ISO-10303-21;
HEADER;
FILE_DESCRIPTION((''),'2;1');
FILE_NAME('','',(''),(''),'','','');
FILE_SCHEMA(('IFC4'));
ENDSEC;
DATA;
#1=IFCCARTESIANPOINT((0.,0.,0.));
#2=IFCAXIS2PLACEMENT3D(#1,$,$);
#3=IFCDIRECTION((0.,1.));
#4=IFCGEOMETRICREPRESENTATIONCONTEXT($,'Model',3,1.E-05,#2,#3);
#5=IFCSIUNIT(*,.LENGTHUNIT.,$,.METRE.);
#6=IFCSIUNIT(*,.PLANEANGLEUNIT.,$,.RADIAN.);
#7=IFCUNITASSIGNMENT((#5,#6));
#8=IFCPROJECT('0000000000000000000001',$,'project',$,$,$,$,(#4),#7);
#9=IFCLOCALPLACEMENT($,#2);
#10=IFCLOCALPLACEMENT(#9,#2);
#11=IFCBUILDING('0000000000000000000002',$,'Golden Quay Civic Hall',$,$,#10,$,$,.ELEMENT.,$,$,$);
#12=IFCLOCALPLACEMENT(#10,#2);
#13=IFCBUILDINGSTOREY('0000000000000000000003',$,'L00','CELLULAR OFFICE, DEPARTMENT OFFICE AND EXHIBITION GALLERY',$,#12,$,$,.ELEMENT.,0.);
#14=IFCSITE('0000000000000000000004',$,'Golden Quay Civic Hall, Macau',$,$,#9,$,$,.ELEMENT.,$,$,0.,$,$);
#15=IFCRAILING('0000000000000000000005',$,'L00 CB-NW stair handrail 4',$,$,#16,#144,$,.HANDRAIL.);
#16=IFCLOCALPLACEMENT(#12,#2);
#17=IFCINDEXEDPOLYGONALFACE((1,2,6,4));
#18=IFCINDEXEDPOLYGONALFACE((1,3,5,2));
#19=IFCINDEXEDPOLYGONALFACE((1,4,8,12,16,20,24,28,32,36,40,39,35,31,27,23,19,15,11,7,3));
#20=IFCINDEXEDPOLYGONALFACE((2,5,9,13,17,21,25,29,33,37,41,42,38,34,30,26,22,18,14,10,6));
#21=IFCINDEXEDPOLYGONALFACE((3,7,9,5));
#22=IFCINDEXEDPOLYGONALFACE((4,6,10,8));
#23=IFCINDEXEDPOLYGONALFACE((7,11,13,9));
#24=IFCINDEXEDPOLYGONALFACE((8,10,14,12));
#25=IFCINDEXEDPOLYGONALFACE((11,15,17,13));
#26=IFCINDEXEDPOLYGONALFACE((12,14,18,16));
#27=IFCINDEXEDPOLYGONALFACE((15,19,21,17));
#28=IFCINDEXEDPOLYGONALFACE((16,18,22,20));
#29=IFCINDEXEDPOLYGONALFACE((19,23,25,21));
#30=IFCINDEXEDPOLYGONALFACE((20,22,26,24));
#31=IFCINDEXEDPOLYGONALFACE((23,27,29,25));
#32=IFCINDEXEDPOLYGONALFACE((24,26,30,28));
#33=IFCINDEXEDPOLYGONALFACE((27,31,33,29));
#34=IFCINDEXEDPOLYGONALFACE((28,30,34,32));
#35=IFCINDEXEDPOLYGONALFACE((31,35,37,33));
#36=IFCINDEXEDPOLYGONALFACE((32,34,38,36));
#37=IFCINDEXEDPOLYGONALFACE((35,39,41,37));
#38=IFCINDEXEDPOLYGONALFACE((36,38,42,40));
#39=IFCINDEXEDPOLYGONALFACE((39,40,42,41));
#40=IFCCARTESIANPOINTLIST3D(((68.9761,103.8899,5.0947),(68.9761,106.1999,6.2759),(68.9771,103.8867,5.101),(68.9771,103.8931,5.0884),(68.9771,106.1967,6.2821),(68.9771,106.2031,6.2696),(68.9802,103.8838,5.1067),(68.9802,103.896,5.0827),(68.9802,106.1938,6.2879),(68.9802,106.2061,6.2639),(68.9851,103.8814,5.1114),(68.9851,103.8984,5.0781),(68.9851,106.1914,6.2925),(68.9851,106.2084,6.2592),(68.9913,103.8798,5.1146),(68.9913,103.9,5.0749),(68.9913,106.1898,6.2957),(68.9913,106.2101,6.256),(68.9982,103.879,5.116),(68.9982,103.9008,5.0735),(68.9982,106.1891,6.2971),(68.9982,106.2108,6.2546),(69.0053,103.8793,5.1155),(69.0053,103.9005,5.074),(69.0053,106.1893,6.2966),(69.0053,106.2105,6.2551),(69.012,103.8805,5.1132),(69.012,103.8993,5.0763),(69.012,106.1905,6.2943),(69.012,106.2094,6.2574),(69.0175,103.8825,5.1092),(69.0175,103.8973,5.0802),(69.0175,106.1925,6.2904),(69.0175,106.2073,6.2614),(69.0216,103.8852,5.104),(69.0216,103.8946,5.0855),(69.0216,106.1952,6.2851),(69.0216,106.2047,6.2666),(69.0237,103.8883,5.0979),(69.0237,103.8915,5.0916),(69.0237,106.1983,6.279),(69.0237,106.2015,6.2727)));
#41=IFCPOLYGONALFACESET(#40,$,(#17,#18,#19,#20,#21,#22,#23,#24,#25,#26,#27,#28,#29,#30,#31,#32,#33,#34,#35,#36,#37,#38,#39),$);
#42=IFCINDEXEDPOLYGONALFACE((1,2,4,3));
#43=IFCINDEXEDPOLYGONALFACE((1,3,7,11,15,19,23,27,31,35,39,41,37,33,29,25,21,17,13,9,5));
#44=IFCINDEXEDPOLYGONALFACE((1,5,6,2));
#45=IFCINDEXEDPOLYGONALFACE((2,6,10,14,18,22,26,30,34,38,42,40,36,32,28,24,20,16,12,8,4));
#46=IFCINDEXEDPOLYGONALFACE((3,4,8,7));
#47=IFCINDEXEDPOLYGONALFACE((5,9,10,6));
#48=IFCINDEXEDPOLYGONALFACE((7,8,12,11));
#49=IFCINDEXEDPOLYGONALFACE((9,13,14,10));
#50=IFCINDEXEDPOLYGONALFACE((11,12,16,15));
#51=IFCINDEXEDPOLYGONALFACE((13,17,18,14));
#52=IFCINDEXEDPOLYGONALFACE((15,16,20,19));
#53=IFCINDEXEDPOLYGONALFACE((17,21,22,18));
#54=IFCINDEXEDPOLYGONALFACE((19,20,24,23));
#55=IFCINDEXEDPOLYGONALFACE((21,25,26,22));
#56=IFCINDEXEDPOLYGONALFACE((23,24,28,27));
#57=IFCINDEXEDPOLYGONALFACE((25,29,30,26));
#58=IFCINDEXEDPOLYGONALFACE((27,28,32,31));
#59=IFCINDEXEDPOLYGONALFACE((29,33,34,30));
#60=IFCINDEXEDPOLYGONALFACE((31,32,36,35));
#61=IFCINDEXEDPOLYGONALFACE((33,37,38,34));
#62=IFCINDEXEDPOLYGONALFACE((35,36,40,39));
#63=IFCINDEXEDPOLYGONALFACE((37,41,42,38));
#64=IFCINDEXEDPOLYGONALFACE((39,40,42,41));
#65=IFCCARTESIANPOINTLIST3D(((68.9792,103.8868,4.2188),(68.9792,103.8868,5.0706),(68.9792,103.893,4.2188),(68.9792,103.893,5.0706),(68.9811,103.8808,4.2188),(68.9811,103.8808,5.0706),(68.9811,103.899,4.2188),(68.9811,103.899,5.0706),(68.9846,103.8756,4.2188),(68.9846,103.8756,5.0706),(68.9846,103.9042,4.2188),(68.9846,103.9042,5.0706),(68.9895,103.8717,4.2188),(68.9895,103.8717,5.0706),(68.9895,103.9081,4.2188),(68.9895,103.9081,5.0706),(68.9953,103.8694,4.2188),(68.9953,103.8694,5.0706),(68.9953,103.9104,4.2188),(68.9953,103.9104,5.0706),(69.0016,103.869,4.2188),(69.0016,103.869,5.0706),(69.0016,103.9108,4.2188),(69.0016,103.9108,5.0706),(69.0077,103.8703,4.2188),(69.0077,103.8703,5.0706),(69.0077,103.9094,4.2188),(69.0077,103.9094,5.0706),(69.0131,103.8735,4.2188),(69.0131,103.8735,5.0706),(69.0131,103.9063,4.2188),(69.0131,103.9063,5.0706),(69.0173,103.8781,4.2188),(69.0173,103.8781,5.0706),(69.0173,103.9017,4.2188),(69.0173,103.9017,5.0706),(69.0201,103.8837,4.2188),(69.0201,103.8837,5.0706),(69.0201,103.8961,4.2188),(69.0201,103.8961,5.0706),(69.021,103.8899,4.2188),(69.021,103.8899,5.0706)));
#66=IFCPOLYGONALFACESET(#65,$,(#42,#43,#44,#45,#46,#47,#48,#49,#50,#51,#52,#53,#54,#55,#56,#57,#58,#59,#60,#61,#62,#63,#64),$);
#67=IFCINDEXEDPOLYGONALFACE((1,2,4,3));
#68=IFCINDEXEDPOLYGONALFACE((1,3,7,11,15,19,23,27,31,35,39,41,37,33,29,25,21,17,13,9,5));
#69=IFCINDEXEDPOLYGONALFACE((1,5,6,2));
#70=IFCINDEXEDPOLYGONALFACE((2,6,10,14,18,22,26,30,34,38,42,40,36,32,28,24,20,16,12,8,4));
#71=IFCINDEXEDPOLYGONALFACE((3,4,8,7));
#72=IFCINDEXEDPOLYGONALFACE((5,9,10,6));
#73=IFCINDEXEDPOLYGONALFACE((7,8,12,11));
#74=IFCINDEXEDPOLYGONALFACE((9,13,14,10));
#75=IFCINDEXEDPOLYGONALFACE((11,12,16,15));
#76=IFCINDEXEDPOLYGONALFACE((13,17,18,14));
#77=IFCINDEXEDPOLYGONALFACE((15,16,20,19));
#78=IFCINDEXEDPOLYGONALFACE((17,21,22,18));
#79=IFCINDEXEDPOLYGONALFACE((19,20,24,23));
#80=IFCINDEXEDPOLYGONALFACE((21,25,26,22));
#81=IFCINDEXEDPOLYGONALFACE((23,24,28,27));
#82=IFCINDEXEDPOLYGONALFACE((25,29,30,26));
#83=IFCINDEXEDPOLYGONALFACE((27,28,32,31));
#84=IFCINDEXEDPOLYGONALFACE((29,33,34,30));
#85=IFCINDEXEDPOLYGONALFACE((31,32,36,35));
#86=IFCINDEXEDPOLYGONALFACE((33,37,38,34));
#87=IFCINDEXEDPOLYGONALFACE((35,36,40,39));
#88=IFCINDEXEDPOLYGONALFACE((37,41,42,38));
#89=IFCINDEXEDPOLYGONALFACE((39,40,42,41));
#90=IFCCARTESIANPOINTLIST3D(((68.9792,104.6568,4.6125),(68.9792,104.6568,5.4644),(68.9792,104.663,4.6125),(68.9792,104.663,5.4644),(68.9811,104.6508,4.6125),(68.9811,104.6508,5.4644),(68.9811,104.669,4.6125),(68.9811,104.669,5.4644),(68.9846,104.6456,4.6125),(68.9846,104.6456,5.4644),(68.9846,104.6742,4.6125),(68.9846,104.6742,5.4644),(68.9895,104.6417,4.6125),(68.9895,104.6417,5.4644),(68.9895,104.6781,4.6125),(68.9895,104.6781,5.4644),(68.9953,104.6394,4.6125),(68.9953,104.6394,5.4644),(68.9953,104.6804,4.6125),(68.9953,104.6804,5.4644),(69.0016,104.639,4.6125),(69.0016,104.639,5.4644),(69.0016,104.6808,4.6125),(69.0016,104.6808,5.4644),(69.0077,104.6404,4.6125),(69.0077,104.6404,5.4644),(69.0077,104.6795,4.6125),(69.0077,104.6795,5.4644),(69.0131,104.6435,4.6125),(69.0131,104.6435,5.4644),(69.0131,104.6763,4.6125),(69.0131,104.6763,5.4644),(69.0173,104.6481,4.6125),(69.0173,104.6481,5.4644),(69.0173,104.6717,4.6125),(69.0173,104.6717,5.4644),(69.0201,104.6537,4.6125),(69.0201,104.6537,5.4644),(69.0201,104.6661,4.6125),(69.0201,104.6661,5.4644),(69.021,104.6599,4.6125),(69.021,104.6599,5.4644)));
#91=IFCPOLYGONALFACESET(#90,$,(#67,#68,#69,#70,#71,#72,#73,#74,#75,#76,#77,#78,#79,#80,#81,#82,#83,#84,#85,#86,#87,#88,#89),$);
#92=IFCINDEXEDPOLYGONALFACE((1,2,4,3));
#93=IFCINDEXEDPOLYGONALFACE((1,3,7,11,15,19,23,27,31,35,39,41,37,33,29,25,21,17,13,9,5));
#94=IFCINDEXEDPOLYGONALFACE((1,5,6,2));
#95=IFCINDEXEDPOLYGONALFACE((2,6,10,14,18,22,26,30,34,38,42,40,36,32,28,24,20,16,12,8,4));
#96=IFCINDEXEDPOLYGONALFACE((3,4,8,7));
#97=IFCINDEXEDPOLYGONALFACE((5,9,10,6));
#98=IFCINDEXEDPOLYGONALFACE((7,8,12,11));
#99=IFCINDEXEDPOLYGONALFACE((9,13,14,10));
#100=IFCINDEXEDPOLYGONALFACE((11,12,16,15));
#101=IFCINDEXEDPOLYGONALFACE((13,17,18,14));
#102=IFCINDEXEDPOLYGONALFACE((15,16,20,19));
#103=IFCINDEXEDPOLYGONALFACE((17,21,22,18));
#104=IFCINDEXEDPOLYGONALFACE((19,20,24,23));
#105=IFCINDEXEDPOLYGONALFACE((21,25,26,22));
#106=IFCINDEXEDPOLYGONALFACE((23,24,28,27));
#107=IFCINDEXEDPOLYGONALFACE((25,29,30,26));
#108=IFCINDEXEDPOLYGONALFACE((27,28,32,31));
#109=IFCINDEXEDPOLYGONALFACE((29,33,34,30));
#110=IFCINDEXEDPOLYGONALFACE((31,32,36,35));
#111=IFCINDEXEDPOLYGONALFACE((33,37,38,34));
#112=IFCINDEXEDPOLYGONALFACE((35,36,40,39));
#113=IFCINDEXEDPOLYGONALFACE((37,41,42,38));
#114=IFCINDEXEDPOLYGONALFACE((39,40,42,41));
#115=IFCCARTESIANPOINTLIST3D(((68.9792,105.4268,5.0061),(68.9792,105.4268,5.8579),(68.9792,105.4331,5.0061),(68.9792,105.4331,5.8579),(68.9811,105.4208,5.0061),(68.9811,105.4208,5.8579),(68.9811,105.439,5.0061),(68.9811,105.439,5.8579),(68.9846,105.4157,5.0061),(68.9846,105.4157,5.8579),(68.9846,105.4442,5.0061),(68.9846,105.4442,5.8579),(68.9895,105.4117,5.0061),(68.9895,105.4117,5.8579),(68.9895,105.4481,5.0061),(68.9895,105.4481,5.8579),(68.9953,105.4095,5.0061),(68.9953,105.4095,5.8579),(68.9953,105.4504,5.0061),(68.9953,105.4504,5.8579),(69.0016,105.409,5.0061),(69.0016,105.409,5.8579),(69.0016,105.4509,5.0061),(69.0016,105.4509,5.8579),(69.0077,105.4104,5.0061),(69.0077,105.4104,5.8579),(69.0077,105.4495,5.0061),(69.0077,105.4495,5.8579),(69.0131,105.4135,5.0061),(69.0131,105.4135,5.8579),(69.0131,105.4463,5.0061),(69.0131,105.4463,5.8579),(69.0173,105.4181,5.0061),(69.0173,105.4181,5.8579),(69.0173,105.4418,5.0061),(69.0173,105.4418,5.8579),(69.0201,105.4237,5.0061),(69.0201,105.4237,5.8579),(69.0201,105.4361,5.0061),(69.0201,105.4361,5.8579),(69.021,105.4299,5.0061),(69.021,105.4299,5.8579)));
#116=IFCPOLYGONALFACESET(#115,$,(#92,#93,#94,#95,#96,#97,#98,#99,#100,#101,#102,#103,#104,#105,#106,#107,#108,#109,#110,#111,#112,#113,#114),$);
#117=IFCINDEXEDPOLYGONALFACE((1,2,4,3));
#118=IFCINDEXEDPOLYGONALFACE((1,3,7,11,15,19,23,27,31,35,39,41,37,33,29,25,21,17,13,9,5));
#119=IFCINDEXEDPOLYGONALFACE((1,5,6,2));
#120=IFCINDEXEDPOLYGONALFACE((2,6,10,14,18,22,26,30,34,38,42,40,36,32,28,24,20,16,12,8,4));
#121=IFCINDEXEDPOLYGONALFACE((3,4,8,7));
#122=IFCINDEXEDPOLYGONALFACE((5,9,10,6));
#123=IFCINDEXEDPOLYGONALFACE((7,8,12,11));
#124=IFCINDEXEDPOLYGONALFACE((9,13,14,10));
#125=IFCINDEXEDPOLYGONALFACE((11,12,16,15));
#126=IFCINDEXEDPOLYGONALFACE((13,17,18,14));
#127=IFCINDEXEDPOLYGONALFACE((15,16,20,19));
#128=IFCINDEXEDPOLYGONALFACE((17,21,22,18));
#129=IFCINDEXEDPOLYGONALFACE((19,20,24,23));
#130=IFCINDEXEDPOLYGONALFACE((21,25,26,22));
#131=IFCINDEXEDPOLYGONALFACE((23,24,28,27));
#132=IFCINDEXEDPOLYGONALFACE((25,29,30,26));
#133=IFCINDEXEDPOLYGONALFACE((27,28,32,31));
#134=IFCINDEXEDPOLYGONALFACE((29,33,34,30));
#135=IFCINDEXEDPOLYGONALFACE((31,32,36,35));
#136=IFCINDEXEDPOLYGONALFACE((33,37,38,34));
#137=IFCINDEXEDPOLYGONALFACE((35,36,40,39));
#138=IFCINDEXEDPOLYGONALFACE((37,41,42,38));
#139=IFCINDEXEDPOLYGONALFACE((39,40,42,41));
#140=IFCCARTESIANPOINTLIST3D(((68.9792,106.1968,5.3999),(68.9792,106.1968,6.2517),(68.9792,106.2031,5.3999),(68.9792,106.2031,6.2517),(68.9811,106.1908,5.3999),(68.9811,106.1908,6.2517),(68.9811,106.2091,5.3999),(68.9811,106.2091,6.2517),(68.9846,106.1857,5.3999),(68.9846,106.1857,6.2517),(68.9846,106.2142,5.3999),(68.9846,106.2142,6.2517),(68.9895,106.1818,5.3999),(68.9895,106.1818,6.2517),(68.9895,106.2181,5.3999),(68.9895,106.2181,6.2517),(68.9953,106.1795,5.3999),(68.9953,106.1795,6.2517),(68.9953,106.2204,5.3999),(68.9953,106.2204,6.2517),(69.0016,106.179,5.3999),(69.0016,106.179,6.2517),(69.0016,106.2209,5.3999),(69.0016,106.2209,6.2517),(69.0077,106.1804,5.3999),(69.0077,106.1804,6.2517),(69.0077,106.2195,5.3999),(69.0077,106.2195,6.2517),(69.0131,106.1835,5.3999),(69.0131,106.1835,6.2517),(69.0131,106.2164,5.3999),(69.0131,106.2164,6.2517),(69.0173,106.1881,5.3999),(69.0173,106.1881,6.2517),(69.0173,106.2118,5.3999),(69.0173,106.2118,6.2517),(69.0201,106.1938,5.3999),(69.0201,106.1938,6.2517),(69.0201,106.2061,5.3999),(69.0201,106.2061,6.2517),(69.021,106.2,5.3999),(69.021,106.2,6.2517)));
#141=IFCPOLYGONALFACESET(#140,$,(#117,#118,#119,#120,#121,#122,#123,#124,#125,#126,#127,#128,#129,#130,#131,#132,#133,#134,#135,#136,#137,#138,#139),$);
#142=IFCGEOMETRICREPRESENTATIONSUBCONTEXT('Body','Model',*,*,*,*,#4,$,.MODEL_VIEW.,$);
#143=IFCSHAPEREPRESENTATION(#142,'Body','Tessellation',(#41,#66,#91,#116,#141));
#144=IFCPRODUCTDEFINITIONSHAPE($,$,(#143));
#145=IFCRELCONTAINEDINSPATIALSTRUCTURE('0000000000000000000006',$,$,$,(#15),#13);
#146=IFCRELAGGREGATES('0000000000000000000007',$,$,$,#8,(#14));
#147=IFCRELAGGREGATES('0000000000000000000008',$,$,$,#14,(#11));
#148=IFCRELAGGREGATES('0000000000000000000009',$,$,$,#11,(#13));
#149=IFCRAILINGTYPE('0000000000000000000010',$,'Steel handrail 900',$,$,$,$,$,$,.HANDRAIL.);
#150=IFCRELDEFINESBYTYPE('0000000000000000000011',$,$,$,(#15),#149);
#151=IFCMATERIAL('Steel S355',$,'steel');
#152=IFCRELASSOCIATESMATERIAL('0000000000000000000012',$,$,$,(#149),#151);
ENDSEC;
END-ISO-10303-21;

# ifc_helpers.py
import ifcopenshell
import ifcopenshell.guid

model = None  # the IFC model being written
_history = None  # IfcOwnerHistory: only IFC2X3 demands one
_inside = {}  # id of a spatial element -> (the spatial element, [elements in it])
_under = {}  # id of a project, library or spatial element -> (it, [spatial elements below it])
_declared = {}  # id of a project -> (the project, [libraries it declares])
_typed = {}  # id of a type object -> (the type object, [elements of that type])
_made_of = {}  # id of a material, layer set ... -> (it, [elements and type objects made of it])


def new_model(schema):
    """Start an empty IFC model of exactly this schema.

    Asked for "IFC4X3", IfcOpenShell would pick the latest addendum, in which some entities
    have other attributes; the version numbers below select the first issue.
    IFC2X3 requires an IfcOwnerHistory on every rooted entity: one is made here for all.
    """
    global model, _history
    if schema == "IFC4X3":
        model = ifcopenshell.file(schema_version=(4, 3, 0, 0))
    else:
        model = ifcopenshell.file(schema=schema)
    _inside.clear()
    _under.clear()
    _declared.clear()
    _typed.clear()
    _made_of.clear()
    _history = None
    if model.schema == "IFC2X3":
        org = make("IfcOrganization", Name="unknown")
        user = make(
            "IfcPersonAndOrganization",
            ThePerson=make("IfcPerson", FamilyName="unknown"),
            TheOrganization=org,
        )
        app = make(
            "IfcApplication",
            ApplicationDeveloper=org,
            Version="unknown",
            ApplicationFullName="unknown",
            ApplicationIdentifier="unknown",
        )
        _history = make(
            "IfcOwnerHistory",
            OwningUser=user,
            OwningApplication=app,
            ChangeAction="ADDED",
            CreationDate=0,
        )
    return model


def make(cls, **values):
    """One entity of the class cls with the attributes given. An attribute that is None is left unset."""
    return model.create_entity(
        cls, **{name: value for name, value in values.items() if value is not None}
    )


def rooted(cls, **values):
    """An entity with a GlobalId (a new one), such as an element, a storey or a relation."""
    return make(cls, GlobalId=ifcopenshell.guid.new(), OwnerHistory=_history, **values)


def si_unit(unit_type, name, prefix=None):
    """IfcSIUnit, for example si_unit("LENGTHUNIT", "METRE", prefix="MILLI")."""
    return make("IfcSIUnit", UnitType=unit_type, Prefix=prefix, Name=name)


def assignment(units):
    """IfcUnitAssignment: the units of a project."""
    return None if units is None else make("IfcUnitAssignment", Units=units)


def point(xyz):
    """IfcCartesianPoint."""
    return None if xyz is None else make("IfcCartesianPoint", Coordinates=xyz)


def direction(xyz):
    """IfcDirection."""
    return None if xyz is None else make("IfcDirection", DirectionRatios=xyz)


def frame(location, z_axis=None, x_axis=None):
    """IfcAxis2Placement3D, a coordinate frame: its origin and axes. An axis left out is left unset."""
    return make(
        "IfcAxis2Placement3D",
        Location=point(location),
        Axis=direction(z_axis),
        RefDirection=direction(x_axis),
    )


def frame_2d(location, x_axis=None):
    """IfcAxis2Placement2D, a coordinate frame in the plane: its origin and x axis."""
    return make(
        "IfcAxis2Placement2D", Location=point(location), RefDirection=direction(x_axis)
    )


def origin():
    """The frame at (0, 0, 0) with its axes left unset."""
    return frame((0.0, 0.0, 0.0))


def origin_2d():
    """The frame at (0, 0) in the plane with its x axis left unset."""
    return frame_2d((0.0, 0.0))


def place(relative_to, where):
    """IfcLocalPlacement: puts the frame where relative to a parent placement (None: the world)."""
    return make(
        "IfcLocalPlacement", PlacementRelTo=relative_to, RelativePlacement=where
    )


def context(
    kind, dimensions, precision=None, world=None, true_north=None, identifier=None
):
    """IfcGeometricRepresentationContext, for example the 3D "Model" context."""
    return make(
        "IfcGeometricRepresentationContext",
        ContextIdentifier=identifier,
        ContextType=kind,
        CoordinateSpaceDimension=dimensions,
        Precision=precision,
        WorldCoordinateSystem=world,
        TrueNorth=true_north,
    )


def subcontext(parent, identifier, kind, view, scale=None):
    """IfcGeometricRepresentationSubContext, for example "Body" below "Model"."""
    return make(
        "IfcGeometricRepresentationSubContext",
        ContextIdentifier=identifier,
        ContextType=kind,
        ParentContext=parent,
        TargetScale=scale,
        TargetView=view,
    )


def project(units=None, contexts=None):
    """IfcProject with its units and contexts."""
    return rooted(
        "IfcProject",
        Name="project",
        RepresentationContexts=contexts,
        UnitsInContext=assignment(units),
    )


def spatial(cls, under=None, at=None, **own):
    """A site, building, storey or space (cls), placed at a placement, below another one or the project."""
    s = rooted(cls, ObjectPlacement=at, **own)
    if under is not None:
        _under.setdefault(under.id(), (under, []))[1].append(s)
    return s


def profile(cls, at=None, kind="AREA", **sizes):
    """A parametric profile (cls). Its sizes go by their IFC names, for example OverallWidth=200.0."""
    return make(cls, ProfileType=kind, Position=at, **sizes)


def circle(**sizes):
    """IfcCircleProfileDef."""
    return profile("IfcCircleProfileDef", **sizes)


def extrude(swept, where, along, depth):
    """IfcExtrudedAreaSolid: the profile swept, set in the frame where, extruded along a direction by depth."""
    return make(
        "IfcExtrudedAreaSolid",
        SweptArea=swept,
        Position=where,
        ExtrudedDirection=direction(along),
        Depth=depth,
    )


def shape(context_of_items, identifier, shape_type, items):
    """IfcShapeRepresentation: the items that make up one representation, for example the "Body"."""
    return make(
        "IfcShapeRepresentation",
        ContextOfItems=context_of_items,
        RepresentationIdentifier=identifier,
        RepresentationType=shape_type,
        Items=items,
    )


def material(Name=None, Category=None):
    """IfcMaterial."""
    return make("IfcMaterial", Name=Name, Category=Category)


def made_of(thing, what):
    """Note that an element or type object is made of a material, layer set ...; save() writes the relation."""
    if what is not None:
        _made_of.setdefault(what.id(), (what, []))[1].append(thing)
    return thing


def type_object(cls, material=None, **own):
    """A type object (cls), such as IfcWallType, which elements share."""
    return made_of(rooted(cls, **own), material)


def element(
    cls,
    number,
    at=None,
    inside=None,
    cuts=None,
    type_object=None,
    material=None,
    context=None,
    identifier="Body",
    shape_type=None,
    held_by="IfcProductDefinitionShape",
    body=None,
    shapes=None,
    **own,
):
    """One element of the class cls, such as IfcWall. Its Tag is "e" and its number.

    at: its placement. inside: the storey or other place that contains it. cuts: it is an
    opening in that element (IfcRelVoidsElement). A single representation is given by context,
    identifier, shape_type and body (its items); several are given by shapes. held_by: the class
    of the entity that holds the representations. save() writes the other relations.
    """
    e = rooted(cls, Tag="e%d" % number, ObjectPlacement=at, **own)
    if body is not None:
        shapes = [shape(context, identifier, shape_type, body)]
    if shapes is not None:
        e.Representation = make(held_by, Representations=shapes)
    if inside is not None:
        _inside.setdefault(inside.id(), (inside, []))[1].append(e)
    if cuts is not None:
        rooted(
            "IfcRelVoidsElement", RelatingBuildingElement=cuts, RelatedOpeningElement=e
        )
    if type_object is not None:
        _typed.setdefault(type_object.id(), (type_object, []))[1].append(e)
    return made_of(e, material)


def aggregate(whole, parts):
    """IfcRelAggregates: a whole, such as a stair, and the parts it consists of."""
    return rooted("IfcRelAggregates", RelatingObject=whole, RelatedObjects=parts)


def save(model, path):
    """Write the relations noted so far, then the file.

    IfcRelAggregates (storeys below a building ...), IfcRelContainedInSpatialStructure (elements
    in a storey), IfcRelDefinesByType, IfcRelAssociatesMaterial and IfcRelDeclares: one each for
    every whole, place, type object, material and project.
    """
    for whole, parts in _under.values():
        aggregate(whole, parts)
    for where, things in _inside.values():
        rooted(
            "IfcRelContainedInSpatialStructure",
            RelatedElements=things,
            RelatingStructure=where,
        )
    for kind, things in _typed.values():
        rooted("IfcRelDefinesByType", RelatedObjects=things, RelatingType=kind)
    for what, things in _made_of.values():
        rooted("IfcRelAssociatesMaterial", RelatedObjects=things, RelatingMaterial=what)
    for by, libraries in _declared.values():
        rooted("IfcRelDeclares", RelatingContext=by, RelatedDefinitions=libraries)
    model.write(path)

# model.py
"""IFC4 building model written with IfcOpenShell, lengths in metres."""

from ifc_helpers import new_model, si_unit, direction, frame, origin, origin_2d, place, context, subcontext, project, spatial, circle, extrude, material, type_object, element, save


model = new_model("IFC4")

# Units and contexts
model_context = context("Model", 3, precision=1e-05, world=origin(), true_north=direction((0.0, 1.0)))
body_context = subcontext(model_context, "Body", "Model", "MODEL_VIEW")
ifc_project = project(units=[si_unit("LENGTHUNIT", "METRE"), si_unit("PLANEANGLEUNIT", "RADIAN")], contexts=[model_context])

# Site, building, storey
site_placement = place(None, origin())
site = spatial("IfcSite", under=ifc_project, at=site_placement, Name="Golden Quay Civic Hall, Macau", CompositionType="ELEMENT", RefElevation=0.0)
building_placement = place(site_placement, origin())
building = spatial("IfcBuilding", under=site, at=building_placement, Name="Golden Quay Civic Hall", CompositionType="ELEMENT")
storey_placement = place(building_placement, origin())
storey = spatial("IfcBuildingStorey", under=building, at=storey_placement, Name="L00", Description="CELLULAR OFFICE, DEPARTMENT OFFICE AND EXHIBITION GALLERY", CompositionType="ELEMENT", Elevation=0.0)

# Railing
ifc_material_1 = material(Name="Steel S355", Category="steel")
railing_type_1 = type_object("IfcRailingType", Name="Steel handrail 900", PredefinedType="HANDRAIL", material=ifc_material_1)
railing_1_placement = place(storey_placement, frame((69.0, 103.8899, 4.2188)))
element("IfcRailing", 1, at=railing_1_placement, inside=storey, type_object=railing_type_1, Name="L00 CB-NW stair handrail 4", PredefinedType="HANDRAIL", context=body_context, shape_type="SweptSolid", body=[
    extrude(circle(Radius=0.0239, at=origin_2d()), frame((0.0, 0.0, 0.876), z_axis=(0.0, 0.890363, 0.45525), x_axis=(-1.0, 0.0, 0.0)), (0.0, 0.0, 1.0), 2.5945),
    extrude(circle(Radius=0.021, at=origin_2d()), origin(), (0.0, 0.0, 1.0), 0.8518),
    extrude(circle(Radius=0.021, at=origin_2d()), frame((0.0, 0.77, 0.3938)), (0.0, 0.0, 1.0), 0.8518),
    extrude(circle(Radius=0.021, at=origin_2d()), frame((0.0, 1.54, 0.7874)), (0.0, 0.0, 1.0), 0.8518),
    extrude(circle(Radius=0.021, at=origin_2d()), frame((0.0, 2.3101, 1.1812)), (0.0, 0.0, 1.0), 0.8518),
])

save(model, "model.ifc")
